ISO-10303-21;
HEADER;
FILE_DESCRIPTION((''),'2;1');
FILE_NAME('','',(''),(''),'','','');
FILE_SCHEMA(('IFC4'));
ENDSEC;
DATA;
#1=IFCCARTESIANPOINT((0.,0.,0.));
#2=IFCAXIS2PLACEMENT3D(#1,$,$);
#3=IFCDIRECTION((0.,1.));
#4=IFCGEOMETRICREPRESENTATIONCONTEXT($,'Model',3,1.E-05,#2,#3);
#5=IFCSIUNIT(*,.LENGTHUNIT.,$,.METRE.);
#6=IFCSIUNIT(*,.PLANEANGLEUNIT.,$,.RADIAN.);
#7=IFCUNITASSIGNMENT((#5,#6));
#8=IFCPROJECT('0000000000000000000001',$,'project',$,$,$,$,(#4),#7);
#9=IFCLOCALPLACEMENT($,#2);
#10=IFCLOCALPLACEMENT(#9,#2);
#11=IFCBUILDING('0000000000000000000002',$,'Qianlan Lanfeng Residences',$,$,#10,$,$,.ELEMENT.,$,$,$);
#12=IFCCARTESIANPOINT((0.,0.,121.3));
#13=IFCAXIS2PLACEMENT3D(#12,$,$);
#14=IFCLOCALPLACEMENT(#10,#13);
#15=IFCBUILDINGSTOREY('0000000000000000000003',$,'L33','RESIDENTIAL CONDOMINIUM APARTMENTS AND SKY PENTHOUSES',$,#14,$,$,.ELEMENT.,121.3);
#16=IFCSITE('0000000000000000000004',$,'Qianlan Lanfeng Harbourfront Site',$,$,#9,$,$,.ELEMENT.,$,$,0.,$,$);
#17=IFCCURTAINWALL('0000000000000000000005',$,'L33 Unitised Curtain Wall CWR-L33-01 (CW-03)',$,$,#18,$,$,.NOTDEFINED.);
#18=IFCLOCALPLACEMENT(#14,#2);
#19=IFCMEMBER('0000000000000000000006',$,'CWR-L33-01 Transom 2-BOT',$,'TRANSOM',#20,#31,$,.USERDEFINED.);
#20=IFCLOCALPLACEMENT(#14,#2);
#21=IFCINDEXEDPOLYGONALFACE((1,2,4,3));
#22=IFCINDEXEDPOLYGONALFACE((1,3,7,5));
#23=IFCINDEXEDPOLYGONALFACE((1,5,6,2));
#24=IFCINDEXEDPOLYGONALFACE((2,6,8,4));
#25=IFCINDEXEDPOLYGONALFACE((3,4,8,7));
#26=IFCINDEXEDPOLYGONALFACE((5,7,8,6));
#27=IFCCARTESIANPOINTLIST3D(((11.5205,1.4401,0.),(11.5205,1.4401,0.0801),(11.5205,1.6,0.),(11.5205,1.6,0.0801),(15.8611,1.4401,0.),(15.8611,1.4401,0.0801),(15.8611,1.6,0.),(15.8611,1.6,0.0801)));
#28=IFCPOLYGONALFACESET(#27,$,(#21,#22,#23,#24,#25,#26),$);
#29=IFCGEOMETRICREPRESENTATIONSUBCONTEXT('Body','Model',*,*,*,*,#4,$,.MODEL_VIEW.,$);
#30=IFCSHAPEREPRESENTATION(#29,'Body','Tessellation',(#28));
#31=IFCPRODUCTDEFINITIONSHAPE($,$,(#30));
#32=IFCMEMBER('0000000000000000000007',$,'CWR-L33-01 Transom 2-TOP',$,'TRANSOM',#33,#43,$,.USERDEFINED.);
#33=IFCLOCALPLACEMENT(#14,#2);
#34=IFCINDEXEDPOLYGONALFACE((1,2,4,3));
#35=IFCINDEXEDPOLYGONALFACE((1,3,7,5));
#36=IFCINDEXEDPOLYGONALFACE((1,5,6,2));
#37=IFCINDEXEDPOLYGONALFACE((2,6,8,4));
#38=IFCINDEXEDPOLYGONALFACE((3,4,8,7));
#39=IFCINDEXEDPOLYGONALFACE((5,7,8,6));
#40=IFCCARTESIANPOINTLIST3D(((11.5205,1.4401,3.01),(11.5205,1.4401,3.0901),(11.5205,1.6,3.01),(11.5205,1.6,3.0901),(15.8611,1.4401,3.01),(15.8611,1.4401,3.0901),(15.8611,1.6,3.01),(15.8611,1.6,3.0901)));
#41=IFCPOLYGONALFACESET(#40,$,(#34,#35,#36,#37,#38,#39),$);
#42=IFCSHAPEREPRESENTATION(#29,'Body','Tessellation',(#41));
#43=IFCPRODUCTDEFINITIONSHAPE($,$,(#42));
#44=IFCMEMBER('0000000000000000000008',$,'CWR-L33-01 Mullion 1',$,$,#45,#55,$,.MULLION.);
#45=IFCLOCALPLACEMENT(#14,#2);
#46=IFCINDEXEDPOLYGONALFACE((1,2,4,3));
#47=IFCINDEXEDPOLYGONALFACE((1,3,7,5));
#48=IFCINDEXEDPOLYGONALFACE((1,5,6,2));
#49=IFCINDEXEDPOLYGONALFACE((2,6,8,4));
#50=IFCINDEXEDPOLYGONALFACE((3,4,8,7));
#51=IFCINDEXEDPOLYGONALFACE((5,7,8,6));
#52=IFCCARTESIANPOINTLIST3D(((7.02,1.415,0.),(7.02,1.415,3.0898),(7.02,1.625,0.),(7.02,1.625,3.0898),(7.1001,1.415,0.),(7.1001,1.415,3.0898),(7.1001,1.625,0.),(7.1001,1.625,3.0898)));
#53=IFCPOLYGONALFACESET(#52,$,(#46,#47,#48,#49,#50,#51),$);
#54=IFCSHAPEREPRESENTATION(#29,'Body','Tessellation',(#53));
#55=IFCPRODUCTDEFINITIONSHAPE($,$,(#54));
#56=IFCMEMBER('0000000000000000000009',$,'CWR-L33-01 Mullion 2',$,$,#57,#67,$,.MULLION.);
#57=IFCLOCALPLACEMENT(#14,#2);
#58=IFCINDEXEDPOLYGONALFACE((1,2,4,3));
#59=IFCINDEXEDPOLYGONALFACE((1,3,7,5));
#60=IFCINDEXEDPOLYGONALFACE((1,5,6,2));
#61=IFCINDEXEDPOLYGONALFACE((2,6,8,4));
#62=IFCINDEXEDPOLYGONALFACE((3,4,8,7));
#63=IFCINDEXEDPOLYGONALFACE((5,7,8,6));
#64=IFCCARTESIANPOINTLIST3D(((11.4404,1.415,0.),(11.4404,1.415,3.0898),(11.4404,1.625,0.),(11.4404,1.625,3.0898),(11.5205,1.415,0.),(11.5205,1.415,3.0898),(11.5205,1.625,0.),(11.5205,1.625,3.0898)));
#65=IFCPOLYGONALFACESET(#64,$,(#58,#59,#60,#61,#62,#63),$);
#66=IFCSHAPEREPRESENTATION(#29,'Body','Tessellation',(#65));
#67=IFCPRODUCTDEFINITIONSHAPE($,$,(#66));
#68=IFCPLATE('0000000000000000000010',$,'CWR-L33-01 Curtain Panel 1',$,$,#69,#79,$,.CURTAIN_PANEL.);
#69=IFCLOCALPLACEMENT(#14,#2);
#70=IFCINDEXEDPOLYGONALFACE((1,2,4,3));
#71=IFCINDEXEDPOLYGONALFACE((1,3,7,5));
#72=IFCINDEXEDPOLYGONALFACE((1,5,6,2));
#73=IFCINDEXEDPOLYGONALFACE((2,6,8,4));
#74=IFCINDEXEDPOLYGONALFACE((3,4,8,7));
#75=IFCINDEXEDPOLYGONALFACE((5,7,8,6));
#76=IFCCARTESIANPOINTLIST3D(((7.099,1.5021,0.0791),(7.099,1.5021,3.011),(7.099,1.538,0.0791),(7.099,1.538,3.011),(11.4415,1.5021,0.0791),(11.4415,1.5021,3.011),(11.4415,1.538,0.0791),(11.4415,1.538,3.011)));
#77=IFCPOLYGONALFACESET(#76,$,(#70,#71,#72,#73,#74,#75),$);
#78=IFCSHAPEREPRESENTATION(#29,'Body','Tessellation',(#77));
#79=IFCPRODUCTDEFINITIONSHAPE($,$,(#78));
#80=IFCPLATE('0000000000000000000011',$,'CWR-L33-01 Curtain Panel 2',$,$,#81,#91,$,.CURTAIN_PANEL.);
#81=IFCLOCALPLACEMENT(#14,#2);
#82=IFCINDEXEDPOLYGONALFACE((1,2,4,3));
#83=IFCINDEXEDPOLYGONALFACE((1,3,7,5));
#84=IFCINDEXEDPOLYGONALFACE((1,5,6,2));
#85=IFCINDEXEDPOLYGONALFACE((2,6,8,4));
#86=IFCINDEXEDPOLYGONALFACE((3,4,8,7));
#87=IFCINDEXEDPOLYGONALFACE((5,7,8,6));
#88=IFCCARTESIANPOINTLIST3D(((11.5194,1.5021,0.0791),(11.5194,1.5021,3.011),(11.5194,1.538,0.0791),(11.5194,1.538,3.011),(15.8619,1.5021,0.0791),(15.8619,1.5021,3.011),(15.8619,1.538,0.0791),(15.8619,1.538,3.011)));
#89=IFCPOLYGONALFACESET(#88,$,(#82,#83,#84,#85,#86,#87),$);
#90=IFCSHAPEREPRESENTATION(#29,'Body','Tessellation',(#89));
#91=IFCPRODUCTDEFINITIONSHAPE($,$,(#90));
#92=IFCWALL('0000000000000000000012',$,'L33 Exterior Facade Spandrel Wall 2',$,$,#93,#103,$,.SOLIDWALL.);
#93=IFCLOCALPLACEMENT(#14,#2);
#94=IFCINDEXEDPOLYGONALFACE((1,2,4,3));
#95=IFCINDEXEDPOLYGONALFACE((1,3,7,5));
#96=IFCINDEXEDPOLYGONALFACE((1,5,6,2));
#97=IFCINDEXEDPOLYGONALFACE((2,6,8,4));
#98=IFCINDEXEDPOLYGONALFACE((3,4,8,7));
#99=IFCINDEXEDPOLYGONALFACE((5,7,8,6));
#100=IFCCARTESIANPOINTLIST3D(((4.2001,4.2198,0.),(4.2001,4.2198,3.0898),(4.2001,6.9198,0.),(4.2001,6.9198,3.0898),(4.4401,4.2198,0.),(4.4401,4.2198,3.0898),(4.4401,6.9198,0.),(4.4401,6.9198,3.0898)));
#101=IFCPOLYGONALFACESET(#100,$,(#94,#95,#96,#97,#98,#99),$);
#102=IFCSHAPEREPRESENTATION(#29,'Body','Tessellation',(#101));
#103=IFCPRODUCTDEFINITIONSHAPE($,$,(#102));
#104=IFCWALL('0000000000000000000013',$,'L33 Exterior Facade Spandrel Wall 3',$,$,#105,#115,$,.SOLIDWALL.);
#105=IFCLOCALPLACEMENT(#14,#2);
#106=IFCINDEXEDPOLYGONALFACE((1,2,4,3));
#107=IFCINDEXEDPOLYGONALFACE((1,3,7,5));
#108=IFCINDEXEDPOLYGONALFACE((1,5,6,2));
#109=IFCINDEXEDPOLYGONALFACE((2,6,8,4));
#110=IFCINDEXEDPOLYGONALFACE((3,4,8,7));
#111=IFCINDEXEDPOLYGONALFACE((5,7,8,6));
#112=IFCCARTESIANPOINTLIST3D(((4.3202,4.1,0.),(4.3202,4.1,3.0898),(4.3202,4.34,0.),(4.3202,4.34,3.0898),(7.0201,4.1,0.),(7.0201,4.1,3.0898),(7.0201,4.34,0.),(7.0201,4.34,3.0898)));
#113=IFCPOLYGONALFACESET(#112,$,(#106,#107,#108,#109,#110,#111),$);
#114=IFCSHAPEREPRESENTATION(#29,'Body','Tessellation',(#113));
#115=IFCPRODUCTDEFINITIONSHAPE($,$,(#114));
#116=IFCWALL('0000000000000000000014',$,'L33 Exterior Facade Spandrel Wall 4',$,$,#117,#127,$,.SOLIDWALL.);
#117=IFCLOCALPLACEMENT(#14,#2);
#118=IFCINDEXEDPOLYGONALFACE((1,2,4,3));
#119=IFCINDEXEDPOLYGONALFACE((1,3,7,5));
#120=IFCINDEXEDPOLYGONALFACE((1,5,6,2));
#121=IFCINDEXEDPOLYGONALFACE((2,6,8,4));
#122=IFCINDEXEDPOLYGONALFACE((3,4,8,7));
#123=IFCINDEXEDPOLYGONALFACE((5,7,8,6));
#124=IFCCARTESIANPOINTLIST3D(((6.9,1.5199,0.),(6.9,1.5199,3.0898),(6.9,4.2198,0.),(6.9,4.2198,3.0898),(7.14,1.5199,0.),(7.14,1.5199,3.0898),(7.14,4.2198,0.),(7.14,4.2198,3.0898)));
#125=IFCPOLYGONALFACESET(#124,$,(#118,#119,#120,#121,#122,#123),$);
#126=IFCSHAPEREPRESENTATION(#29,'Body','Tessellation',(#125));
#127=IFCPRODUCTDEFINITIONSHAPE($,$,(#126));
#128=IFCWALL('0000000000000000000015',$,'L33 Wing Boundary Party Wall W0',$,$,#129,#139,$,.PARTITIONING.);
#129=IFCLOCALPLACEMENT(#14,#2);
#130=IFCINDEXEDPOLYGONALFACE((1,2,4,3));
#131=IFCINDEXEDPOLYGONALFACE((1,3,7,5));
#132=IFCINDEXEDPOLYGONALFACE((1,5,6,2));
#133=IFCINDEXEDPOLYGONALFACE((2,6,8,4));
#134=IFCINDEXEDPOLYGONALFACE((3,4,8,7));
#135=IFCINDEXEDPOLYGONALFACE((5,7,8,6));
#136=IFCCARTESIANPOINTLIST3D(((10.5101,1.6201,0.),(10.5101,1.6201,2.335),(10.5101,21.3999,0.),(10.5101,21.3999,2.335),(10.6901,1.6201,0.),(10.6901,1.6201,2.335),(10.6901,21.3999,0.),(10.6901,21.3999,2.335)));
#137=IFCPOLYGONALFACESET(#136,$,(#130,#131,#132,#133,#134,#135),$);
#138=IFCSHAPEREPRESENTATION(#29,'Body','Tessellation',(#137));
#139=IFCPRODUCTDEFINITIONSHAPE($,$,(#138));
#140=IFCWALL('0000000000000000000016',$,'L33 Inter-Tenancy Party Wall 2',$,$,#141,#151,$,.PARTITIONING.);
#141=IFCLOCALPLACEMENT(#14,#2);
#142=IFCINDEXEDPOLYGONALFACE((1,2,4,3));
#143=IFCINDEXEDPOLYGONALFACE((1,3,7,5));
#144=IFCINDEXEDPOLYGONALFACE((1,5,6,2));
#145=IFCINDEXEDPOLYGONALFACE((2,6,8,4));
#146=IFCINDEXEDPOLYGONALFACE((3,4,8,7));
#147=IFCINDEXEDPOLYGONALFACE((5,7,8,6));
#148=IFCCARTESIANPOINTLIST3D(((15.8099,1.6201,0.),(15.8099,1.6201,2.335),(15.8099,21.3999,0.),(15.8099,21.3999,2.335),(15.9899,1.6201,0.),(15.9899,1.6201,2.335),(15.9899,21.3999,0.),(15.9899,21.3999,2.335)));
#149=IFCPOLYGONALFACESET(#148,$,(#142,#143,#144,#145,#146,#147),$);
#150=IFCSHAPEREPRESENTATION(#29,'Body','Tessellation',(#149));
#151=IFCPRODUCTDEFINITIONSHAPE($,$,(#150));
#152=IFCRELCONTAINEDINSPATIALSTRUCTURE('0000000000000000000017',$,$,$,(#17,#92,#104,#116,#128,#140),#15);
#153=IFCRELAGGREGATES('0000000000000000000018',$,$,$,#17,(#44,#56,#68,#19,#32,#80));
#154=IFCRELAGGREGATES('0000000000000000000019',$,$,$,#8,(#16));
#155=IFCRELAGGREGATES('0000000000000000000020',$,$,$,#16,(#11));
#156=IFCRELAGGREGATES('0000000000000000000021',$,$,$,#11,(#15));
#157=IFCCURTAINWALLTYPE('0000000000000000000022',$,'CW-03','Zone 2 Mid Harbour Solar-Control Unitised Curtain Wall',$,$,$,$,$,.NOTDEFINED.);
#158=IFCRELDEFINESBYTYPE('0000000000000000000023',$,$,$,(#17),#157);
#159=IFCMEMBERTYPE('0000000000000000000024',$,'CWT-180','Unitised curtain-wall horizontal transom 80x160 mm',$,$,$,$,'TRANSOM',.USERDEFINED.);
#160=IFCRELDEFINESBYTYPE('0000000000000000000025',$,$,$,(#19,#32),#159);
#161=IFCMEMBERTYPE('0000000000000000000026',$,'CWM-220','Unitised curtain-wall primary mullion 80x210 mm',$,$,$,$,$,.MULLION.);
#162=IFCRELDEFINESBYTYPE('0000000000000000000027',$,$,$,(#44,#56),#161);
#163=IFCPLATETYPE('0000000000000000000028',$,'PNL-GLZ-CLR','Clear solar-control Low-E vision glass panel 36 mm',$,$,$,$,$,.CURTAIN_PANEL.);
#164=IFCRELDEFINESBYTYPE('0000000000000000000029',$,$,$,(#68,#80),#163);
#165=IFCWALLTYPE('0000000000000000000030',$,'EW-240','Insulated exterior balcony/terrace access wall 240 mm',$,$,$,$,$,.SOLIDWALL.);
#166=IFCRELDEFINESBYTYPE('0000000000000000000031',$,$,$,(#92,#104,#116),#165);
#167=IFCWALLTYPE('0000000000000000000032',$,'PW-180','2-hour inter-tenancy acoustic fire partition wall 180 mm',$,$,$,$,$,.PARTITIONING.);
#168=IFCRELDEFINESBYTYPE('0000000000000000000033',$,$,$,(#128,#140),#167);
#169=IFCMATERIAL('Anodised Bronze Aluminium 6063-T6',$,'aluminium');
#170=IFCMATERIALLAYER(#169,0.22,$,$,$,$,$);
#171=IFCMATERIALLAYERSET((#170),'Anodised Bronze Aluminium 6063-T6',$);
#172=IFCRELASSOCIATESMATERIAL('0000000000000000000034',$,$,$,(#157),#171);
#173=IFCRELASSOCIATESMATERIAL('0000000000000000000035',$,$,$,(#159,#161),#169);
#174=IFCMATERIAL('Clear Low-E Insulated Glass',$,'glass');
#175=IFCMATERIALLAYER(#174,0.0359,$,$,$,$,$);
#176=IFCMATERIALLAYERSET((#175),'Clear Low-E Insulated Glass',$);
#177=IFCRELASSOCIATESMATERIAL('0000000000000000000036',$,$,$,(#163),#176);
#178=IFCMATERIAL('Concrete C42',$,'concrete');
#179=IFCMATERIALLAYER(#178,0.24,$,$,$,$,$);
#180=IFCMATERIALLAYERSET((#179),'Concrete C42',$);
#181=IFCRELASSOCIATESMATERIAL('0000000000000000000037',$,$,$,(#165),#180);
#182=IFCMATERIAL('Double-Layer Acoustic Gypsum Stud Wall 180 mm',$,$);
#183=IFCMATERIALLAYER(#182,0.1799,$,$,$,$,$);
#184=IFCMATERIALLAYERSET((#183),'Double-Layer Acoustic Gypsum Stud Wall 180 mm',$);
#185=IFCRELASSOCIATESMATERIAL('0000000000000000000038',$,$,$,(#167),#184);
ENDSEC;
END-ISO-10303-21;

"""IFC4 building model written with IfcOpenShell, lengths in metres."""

from ifc_helpers import new_model, si_unit, direction, frame, frame_2d, origin, origin_2d, place, context, subcontext, project, spatial, rectangle, extrude, source, transform, mapped, material, layer, layer_set, material_profile, profile_set, type_object, element, aggregate, save


model = new_model("IFC4")

# Units and contexts
model_context = context("Model", 3, precision=1e-05, world=origin(), true_north=direction((0.0, 1.0)))
body_context = subcontext(model_context, "Body", "Model", "MODEL_VIEW")
ifc_project = project(units=[si_unit("LENGTHUNIT", "METRE"), si_unit("PLANEANGLEUNIT", "RADIAN")], contexts=[model_context])

# Site, building, storey
site_placement = place(None, origin())
site = spatial("IfcSite", under=ifc_project, at=site_placement, Name="Qianlan Lanfeng Harbourfront Site", CompositionType="ELEMENT", RefElevation=0.0)
building_placement = place(site_placement, origin())
building = spatial("IfcBuilding", under=site, at=building_placement, Name="Qianlan Lanfeng Residences", CompositionType="ELEMENT")
storey_placement = place(building_placement, frame((0.0, 0.0, 121.3)))
storey = spatial("IfcBuildingStorey", under=building, at=storey_placement, Name="L33", Description="RESIDENTIAL CONDOMINIUM APARTMENTS AND SKY PENTHOUSES", CompositionType="ELEMENT", Elevation=121.3)

# Curtain wall, members, plates
ifc_material_1 = material(Name="Anodised Bronze Aluminium 6063-T6", Category="aluminium")
ifc_layer_1 = layer(ifc_material_1, 0.22)
ifc_layer_set_1 = layer_set([ifc_layer_1], Name="Anodised Bronze Aluminium 6063-T6")
curtain_wall_type = type_object("IfcCurtainWallType", Name="CW-03", Description="Zone 2 Mid Harbour Solar-Control Unitised Curtain Wall", PredefinedType="NOTDEFINED", material=ifc_layer_set_1)
curtain_wall_placement = place(storey_placement, origin())
curtain_wall = element("IfcCurtainWall", 1, at=curtain_wall_placement, inside=storey, type_object=curtain_wall_type, Name="L33 Unitised Curtain Wall CWR-L33-01 (CW-03)", PredefinedType="NOTDEFINED")
ifc_material_profile_1 = material_profile(ifc_material_1, rectangle(XDim=0.0801, YDim=0.1599, at=origin_2d()), Name="ALU TRANSOM 80x160")
ifc_profile_set_1 = profile_set([ifc_material_profile_1], Name="Anodised Bronze Aluminium 6063-T6")
member_type_1 = type_object("IfcMemberType", Name="CWT-180", Description="Unitised curtain-wall horizontal transom 80x160 mm", ElementType="TRANSOM", PredefinedType="USERDEFINED", material=ifc_profile_set_1)
shared_shape_1 = source(origin(), body_context, "Body", "SweptSolid", [
    extrude(rectangle(XDim=0.0801, YDim=0.1599, at=origin_2d()), origin(), (0.0, 0.0, 1.0), 4.3406),
])
member_1_placement = place(storey_placement, frame((11.5205, 1.52, 0.04), z_axis=(1.0, 0.0, 0.0), x_axis=(0.0, 0.0, 1.0)))
member_1 = element("IfcMember", 2, at=member_1_placement, type_object=member_type_1, Name="CWR-L33-01 Transom 2-BOT", ObjectType="TRANSOM", PredefinedType="USERDEFINED", context=body_context, shape_type="MappedRepresentation", body=[
    mapped(shared_shape_1, transform((0.0, 0.0, 0.0), scale=1.0)),
])
member_2_placement = place(storey_placement, frame((11.5205, 1.52, 3.05), z_axis=(1.0, 0.0, 0.0), x_axis=(0.0, 0.0, 1.0)))
member_2 = element("IfcMember", 3, at=member_2_placement, type_object=member_type_1, Name="CWR-L33-01 Transom 2-TOP", ObjectType="TRANSOM", PredefinedType="USERDEFINED", context=body_context, shape_type="MappedRepresentation", body=[
    mapped(shared_shape_1, transform((0.0, 0.0, 0.0), scale=1.0)),
])
ifc_material_profile_2 = material_profile(ifc_material_1, rectangle(XDim=0.0801, YDim=0.21, at=origin_2d()), Name="ALU MULLION 80x210")
ifc_profile_set_2 = profile_set([ifc_material_profile_2], Name="Anodised Bronze Aluminium 6063-T6")
member_type_2 = type_object("IfcMemberType", Name="CWM-220", Description="Unitised curtain-wall primary mullion 80x210 mm", PredefinedType="MULLION", material=ifc_profile_set_2)
shared_shape_2 = source(origin(), body_context, "Body", "SweptSolid", [
    extrude(rectangle(XDim=0.0801, YDim=0.21, at=origin_2d()), origin(), (0.0, 0.0, 1.0), 3.0898),
])
member_3_placement = place(storey_placement, frame((7.0601, 1.52, 0.0), z_axis=(0.0, 0.0, 1.0), x_axis=(1.0, 0.0, 0.0)))
member_3 = element("IfcMember", 4, at=member_3_placement, type_object=member_type_2, Name="CWR-L33-01 Mullion 1", PredefinedType="MULLION", context=body_context, shape_type="MappedRepresentation", body=[
    mapped(shared_shape_2, transform((0.0, 0.0, 0.0), scale=1.0)),
])
member_4_placement = place(storey_placement, frame((11.4805, 1.52, 0.0), z_axis=(0.0, 0.0, 1.0), x_axis=(1.0, 0.0, 0.0)))
member_4 = element("IfcMember", 5, at=member_4_placement, type_object=member_type_2, Name="CWR-L33-01 Mullion 2", PredefinedType="MULLION", context=body_context, shape_type="MappedRepresentation", body=[
    mapped(shared_shape_2, transform((0.0, 0.0, 0.0), scale=1.0)),
])
ifc_material_2 = material(Name="Clear Low-E Insulated Glass", Category="glass")
ifc_layer_2 = layer(ifc_material_2, 0.0359)
ifc_layer_set_2 = layer_set([ifc_layer_2], Name="Clear Low-E Insulated Glass")
plate_type = type_object("IfcPlateType", Name="PNL-GLZ-CLR", Description="Clear solar-control Low-E vision glass panel 36 mm", PredefinedType="CURTAIN_PANEL", material=ifc_layer_set_2)
shared_shape_3 = source(origin(), body_context, "Body", "SweptSolid", [
    extrude(rectangle(XDim=4.3425, YDim=0.0359, at=origin_2d()), origin(), (0.0, 0.0, 1.0), 2.9319),
])
plate_1_placement = place(storey_placement, frame((9.2703, 1.52, 0.0791), z_axis=(0.0, 0.0, 1.0), x_axis=(1.0, 0.0, 0.0)))
plate_1 = element("IfcPlate", 6, at=plate_1_placement, type_object=plate_type, Name="CWR-L33-01 Curtain Panel 1", PredefinedType="CURTAIN_PANEL", context=body_context, shape_type="MappedRepresentation", body=[
    mapped(shared_shape_3, transform((0.0, 0.0, 0.0), scale=1.0)),
])
plate_2_placement = place(storey_placement, frame((13.6907, 1.52, 0.0791), z_axis=(0.0, 0.0, 1.0), x_axis=(1.0, 0.0, 0.0)))
plate_2 = element("IfcPlate", 7, at=plate_2_placement, type_object=plate_type, Name="CWR-L33-01 Curtain Panel 2", PredefinedType="CURTAIN_PANEL", context=body_context, shape_type="MappedRepresentation", body=[
    mapped(shared_shape_3, transform((0.0, 0.0, 0.0), scale=1.0)),
])
aggregate(curtain_wall, [member_3, member_4, plate_1, member_1, member_2, plate_2])

# Walls
ifc_material_3 = material(Name="Concrete C42", Category="concrete")
ifc_layer_3 = layer(ifc_material_3, 0.24)
ifc_layer_set_3 = layer_set([ifc_layer_3], Name="Concrete C42")
wall_type_1 = type_object("IfcWallType", Name="EW-240", Description="Insulated exterior balcony/terrace access wall 240 mm", PredefinedType="SOLIDWALL", material=ifc_layer_set_3)
for number, where, z_axis, x_axis, name in (
    (8, (4.3201, 6.9199, 0.0), (0.0, 0.0, 1.0), (0.0, -1.0, 0.0), "L33 Exterior Facade Spandrel Wall 2"),
    (9, (4.3201, 4.22, 0.0), (0.0, 0.0, 1.0), (1.0, 0.0, 0.0), "L33 Exterior Facade Spandrel Wall 3"),
    (10, (7.02, 4.22, 0.0), (0.0, 0.0, 1.0), (0.0, -1.0, 0.0), "L33 Exterior Facade Spandrel Wall 4"),
):
    element("IfcWall", number, at=place(storey_placement, frame(where, z_axis=z_axis, x_axis=x_axis)), inside=storey, type_object=wall_type_1, Name=name, PredefinedType="SOLIDWALL", context=body_context, shape_type="SweptSolid", body=[
        extrude(rectangle(XDim=2.7, YDim=0.24, at=frame_2d((1.3501, 0.0))), origin(), (0.0, 0.0, 1.0), 3.0898),
    ])
ifc_material_4 = material(Name="Double-Layer Acoustic Gypsum Stud Wall 180 mm")
ifc_layer_4 = layer(ifc_material_4, 0.1799)
ifc_layer_set_4 = layer_set([ifc_layer_4], Name="Double-Layer Acoustic Gypsum Stud Wall 180 mm")
wall_type_2 = type_object("IfcWallType", Name="PW-180", Description="2-hour inter-tenancy acoustic fire partition wall 180 mm", PredefinedType="PARTITIONING", material=ifc_layer_set_4)
for number, where, z_axis, x_axis, name in (
    (11, (10.6001, 1.6201, 0.0), (0.0, 0.0, 1.0), (0.0, 1.0, 0.0), "L33 Wing Boundary Party Wall W0"),
    (12, (15.8999, 1.6201, 0.0), (0.0, 0.0, 1.0), (0.0, 1.0, 0.0), "L33 Inter-Tenancy Party Wall 2"),
):
    element("IfcWall", number, at=place(storey_placement, frame(where, z_axis=z_axis, x_axis=x_axis)), inside=storey, type_object=wall_type_2, Name=name, PredefinedType="PARTITIONING", context=body_context, shape_type="SweptSolid", body=[
        extrude(rectangle(XDim=19.7798, YDim=0.1799, at=frame_2d((9.8899, 0.0))), origin(), (0.0, 0.0, 1.0), 2.335),
    ])

save(model, "model.ifc")
